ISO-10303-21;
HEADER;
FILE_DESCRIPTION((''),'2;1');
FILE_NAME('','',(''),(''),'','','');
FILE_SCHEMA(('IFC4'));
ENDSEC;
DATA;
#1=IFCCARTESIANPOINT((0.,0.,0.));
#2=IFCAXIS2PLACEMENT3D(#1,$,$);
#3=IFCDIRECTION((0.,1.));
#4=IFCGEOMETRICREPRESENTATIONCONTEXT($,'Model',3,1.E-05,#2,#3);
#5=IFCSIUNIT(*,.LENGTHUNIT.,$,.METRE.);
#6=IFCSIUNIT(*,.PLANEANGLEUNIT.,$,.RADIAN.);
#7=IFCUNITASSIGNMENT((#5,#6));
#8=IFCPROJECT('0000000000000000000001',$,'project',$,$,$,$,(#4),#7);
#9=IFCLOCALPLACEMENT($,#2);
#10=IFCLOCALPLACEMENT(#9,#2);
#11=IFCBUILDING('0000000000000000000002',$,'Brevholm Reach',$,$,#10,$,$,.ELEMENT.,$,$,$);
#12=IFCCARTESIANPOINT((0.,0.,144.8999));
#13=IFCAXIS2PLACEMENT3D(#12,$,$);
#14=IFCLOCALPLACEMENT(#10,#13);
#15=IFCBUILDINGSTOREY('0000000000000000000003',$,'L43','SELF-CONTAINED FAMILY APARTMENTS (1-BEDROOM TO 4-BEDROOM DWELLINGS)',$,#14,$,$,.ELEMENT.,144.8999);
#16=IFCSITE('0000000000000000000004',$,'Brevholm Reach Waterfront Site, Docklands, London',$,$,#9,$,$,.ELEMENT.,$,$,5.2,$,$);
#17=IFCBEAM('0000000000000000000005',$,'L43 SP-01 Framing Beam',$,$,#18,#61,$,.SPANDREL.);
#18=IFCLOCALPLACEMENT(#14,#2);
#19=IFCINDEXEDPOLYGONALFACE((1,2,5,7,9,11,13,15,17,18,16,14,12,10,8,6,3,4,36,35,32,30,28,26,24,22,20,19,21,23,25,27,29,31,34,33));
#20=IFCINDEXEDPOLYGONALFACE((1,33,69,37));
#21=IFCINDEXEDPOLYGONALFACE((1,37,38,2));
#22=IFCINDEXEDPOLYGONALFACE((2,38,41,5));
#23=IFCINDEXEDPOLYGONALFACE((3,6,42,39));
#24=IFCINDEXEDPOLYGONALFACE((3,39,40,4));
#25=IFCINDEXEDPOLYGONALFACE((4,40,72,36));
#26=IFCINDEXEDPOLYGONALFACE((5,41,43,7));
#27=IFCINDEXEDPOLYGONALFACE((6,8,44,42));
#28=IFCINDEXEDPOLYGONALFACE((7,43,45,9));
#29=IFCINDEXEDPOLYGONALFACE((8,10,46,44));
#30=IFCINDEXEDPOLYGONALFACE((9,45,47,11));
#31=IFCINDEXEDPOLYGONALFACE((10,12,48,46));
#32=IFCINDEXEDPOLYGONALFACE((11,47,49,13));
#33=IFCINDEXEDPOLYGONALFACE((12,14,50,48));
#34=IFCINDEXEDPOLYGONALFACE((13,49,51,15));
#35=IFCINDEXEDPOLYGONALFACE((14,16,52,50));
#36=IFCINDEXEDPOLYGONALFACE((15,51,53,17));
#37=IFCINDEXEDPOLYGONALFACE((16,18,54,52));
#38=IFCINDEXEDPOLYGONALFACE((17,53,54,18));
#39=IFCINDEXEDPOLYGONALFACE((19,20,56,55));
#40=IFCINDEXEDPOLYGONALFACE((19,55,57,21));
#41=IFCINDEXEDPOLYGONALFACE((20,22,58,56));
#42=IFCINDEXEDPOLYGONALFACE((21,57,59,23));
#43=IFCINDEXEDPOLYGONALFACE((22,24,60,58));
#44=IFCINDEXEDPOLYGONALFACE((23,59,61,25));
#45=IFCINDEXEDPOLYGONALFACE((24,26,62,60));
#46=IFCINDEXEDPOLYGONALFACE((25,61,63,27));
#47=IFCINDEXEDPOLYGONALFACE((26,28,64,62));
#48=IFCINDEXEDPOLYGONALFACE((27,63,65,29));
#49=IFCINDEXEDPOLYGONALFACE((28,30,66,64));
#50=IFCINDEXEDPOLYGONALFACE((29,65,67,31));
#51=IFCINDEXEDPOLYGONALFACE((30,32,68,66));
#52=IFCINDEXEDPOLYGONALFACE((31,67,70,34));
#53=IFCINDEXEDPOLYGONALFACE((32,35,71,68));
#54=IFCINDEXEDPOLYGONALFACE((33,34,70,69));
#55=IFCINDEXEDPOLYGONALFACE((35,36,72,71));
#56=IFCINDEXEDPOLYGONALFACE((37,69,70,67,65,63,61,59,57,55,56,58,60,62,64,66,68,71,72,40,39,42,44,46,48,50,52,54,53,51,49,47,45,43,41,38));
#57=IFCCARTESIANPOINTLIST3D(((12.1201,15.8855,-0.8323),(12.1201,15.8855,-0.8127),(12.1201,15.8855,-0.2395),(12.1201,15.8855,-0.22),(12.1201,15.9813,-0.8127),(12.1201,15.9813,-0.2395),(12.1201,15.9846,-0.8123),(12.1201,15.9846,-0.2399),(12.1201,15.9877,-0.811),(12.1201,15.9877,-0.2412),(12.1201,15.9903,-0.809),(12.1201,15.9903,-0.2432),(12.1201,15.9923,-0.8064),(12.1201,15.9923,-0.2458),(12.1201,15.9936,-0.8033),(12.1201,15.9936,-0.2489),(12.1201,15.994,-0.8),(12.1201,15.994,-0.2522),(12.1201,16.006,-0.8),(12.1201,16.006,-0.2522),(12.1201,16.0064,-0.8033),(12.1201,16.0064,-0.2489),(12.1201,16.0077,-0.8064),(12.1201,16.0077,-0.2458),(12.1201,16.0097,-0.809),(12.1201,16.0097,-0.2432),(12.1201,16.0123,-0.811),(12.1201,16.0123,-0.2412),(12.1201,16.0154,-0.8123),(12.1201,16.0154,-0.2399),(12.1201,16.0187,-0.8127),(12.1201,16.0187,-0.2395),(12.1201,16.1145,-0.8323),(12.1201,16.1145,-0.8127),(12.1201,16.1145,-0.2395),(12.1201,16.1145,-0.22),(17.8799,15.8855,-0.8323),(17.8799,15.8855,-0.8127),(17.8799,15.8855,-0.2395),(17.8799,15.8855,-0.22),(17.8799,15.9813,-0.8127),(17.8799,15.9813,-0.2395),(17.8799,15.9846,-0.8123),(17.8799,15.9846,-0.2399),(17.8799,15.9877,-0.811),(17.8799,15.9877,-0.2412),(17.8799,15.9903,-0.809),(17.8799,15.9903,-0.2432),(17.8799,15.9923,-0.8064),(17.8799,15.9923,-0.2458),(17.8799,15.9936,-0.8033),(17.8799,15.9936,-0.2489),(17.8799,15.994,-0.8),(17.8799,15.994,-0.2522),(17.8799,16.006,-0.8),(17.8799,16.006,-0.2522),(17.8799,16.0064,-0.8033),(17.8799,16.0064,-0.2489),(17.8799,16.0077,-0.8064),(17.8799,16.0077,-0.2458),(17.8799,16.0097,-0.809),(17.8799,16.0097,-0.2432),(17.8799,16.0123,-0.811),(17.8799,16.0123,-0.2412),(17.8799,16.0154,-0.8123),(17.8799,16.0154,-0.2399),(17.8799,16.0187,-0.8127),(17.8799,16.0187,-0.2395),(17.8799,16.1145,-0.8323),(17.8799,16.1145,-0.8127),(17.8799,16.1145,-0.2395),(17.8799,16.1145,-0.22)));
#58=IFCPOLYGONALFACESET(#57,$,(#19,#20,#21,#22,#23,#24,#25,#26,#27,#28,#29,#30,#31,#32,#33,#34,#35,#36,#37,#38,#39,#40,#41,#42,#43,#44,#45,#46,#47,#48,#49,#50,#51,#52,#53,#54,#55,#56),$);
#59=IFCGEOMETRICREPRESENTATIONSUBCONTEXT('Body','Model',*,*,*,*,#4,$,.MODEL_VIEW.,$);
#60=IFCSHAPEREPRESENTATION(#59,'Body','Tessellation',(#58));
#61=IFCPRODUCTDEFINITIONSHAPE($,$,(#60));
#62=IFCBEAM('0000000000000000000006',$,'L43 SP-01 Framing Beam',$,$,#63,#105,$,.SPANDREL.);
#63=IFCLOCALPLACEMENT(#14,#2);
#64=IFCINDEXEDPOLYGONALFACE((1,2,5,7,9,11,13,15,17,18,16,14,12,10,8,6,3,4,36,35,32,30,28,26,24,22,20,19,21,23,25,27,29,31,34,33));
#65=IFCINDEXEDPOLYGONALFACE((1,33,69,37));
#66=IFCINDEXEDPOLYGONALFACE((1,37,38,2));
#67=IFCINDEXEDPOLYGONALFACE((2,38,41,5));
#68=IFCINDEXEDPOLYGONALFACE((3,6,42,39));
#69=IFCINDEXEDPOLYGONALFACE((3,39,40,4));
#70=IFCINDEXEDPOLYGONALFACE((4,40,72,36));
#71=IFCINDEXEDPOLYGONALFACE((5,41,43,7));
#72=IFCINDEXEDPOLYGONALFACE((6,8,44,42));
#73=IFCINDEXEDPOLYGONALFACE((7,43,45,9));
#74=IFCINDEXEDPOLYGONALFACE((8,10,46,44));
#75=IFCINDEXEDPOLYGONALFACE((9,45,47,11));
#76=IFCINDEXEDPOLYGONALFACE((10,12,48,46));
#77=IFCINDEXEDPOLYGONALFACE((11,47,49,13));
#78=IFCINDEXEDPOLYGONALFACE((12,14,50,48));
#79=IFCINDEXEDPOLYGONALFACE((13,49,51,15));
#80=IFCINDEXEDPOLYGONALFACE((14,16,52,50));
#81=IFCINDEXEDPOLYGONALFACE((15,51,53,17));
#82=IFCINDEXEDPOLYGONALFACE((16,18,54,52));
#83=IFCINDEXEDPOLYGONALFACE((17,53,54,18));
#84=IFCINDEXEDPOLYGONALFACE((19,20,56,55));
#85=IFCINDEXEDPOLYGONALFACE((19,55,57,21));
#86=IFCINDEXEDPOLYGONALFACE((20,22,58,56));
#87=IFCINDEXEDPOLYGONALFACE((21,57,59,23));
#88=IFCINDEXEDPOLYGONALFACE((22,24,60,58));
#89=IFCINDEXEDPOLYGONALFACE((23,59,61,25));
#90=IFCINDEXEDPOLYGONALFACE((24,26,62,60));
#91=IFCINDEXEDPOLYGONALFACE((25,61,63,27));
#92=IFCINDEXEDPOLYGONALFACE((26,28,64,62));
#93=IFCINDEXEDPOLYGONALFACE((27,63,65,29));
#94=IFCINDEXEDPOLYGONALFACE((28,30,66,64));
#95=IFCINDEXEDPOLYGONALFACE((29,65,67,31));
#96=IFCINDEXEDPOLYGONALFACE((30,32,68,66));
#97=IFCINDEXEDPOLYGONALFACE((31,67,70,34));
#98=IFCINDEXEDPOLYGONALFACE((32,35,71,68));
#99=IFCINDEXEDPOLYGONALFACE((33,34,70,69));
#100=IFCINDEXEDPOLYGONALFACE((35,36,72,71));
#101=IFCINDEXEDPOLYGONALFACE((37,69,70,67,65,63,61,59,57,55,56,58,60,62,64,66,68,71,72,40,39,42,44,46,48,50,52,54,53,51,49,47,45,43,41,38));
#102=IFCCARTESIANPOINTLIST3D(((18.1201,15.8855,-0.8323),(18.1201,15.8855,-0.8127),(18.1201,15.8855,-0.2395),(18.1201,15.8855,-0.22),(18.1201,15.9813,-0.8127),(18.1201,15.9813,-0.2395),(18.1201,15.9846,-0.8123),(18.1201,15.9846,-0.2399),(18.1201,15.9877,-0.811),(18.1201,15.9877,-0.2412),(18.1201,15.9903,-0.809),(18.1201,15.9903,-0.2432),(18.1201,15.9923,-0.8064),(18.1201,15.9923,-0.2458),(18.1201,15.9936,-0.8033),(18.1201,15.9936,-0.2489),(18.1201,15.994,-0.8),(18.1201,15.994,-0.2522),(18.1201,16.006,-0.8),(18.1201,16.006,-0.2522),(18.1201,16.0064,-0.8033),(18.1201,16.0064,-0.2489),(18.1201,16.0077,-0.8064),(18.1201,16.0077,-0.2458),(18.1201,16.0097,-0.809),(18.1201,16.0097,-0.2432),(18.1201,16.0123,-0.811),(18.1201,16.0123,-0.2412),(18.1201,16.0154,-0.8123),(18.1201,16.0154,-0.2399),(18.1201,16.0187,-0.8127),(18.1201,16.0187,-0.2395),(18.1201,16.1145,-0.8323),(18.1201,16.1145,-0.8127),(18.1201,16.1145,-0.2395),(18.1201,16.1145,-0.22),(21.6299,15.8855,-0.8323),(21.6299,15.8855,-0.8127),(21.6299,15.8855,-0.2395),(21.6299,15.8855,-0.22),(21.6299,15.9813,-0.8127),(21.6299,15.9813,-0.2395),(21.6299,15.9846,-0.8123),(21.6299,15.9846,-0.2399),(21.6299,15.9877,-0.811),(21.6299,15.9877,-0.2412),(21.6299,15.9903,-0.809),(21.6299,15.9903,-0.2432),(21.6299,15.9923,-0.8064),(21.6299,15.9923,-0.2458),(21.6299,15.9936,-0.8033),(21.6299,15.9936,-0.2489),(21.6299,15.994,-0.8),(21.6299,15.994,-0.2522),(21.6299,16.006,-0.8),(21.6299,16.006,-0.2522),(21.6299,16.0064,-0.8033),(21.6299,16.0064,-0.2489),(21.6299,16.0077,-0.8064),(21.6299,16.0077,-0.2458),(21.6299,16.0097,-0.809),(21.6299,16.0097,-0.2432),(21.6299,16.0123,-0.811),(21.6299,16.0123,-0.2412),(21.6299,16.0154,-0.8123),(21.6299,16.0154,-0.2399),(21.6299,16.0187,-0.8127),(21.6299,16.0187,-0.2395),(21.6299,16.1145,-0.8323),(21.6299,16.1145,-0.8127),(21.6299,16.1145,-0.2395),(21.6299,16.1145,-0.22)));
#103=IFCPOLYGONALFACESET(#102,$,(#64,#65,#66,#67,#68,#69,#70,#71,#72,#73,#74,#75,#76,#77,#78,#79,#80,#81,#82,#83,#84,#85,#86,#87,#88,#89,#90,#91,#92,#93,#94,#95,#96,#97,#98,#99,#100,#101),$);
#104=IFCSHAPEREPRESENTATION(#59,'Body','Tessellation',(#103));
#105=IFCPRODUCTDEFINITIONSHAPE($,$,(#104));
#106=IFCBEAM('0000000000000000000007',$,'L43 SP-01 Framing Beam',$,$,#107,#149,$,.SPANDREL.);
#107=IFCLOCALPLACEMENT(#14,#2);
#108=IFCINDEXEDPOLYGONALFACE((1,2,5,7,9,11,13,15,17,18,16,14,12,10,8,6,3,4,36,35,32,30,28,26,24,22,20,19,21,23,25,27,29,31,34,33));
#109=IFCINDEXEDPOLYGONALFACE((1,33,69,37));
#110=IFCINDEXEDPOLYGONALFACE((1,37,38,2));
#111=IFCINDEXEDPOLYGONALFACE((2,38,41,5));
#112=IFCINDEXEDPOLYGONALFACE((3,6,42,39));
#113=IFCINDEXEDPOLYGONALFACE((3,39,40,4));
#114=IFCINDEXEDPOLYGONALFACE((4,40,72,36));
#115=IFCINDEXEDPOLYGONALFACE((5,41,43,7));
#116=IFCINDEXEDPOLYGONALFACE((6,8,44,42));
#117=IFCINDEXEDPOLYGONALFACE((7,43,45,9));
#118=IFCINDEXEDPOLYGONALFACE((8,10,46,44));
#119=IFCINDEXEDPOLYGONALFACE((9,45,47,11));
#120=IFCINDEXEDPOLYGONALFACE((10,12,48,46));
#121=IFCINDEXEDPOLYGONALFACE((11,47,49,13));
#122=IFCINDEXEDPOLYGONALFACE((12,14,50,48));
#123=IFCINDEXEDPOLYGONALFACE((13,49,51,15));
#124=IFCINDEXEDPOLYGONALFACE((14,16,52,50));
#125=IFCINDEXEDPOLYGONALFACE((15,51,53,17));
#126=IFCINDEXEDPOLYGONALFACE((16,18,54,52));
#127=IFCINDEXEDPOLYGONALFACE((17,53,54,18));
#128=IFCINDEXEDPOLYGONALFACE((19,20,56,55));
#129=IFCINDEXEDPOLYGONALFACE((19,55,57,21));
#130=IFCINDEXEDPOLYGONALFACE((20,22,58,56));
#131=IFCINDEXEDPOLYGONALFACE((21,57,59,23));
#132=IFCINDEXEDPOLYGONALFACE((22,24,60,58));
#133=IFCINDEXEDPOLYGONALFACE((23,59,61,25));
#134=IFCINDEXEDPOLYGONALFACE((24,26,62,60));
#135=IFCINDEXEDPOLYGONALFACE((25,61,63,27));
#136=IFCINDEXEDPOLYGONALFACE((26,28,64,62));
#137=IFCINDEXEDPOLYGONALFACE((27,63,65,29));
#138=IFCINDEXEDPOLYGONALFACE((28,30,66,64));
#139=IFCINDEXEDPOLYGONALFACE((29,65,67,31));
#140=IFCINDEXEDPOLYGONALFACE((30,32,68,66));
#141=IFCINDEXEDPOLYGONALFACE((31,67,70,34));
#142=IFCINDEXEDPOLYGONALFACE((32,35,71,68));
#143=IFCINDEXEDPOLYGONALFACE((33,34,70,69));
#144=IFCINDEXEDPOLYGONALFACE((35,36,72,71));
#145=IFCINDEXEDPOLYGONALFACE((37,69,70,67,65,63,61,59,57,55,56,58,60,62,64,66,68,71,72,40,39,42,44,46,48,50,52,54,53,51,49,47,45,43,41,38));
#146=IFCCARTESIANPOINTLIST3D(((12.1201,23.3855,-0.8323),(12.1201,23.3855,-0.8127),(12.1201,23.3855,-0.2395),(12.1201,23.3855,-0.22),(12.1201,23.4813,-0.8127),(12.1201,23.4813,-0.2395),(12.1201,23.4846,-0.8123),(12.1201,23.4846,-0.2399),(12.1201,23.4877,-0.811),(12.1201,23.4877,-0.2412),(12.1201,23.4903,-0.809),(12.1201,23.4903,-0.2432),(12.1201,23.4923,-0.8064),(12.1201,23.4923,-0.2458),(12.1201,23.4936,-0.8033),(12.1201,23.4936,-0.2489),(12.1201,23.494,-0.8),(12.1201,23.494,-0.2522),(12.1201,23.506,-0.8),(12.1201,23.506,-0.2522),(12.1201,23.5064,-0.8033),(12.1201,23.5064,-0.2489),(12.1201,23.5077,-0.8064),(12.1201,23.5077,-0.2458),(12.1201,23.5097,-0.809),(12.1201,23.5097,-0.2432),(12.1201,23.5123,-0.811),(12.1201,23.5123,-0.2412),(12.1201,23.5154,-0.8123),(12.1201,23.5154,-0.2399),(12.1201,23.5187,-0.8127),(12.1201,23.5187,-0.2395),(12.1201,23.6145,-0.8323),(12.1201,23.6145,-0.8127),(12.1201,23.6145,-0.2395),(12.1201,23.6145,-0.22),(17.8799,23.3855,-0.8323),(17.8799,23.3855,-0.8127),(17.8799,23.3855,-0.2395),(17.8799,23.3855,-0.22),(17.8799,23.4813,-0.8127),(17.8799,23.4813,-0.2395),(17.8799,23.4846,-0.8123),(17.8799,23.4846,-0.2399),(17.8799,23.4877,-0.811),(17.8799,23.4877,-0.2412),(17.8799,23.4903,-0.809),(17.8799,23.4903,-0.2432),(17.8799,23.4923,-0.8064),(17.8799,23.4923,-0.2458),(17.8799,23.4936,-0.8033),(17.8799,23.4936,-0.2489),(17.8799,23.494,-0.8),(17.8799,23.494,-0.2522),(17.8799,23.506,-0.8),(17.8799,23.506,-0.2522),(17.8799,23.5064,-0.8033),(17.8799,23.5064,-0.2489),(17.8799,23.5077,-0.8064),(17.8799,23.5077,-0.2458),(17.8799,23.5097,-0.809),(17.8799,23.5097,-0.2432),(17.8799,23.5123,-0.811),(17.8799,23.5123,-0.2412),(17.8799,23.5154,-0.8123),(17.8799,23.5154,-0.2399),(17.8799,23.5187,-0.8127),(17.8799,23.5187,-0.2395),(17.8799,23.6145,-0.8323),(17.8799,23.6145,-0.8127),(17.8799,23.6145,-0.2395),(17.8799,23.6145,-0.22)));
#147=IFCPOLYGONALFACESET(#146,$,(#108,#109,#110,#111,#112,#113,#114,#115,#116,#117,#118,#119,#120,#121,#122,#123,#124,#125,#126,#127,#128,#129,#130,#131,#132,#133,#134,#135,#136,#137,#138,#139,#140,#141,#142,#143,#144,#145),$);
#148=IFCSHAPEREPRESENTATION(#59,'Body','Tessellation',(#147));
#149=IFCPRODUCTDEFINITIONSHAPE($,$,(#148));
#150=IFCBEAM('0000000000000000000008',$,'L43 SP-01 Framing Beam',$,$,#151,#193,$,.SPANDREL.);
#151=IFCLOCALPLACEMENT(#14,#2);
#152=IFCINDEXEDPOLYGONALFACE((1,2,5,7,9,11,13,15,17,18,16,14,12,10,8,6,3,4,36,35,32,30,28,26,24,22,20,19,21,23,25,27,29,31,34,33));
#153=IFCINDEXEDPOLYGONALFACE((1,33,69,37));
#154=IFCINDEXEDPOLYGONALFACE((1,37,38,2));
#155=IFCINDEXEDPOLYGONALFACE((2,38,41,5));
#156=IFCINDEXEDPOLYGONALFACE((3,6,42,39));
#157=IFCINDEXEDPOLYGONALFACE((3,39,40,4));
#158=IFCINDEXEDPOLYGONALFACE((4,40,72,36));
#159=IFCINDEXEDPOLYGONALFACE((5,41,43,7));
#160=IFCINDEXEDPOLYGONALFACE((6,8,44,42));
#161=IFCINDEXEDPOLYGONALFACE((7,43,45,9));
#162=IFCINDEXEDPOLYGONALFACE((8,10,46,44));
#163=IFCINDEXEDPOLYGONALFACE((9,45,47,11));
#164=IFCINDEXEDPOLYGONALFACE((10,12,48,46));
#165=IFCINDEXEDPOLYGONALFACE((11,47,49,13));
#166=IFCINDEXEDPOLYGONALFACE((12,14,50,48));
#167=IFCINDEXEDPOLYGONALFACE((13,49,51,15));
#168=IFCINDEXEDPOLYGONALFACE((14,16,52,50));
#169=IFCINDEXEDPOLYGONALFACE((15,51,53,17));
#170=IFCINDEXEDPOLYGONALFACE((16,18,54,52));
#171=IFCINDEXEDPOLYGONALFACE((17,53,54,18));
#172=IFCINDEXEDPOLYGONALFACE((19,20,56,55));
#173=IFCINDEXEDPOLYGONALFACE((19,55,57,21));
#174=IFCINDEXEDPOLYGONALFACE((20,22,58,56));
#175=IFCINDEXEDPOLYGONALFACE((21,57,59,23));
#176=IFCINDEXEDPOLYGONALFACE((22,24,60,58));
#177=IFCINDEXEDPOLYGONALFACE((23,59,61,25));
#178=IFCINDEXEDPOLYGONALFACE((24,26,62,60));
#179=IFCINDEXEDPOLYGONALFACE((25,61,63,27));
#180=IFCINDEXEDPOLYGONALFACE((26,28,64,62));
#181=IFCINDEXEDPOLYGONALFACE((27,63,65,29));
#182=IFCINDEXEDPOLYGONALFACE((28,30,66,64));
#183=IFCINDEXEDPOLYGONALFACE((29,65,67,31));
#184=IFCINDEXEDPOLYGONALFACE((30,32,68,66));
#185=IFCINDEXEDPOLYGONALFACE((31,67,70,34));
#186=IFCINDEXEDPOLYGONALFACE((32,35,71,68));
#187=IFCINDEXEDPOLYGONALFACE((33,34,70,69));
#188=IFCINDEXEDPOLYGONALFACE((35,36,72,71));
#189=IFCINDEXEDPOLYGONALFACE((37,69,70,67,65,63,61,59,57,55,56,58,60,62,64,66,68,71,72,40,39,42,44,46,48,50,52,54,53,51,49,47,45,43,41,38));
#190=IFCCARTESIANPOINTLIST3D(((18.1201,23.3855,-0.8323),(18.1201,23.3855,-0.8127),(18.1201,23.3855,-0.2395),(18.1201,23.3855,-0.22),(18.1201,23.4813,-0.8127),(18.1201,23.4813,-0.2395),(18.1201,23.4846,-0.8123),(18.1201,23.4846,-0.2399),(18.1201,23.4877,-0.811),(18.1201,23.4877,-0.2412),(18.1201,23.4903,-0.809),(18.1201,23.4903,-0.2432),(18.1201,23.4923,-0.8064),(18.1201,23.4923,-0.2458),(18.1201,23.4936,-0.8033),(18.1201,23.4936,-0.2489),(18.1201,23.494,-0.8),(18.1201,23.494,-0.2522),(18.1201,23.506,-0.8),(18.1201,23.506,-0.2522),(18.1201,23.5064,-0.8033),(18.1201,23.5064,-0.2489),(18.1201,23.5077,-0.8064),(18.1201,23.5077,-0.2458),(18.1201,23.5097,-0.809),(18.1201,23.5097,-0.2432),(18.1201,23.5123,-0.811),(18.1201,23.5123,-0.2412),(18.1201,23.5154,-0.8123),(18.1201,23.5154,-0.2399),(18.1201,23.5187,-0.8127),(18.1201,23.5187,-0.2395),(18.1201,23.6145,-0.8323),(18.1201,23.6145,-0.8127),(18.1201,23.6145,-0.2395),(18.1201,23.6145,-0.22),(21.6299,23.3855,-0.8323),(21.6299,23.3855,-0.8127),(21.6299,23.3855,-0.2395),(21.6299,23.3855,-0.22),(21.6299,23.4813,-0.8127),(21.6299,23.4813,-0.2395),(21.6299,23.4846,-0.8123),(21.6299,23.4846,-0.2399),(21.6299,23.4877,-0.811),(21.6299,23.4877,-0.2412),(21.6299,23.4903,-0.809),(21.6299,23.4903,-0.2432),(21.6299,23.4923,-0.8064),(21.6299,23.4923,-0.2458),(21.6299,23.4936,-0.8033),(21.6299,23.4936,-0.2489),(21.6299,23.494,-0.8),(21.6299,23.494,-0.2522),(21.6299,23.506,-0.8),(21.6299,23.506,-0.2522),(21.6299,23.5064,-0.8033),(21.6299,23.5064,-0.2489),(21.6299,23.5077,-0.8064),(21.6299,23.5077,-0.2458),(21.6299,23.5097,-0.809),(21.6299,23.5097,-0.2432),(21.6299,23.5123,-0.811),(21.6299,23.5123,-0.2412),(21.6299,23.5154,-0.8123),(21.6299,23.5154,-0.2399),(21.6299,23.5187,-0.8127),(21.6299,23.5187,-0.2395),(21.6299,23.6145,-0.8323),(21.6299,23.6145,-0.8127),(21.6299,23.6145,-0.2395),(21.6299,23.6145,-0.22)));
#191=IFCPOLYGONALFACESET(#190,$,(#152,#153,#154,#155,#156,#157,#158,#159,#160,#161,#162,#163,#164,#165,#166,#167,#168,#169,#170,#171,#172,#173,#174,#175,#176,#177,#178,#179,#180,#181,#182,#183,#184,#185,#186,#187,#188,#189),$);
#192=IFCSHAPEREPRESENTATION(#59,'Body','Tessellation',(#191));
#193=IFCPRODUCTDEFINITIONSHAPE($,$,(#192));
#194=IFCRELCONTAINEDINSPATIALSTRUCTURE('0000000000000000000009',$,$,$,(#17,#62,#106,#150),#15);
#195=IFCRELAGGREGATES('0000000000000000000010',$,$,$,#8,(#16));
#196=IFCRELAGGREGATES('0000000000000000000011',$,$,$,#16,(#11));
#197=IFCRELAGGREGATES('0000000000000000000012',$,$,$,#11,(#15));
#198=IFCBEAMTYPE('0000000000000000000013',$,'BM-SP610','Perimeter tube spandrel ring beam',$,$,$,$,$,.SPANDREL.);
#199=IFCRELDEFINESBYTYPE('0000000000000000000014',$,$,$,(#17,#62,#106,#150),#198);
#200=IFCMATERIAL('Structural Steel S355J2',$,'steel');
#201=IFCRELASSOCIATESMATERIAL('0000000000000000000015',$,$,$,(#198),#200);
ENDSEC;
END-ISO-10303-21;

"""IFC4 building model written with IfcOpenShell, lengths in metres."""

from ifc_helpers import new_model, si_unit, direction, frame, origin, origin_2d, place, context, subcontext, project, spatial, i_section, extrude, material, material_profile, profile_set, type_object, element, save


model = new_model("IFC4")

# Units and contexts
model_context = context("Model", 3, precision=1e-05, world=origin(), true_north=direction((0.0, 1.0)))
body_context = subcontext(model_context, "Body", "Model", "MODEL_VIEW")
ifc_project = project(units=[si_unit("LENGTHUNIT", "METRE"), si_unit("PLANEANGLEUNIT", "RADIAN")], contexts=[model_context])

# Site, building, storey
site_placement = place(None, origin())
site = spatial("IfcSite", under=ifc_project, at=site_placement, Name="Brevholm Reach Waterfront Site, Docklands, London", CompositionType="ELEMENT", RefElevation=5.2)
building_placement = place(site_placement, origin())
building = spatial("IfcBuilding", under=site, at=building_placement, Name="Brevholm Reach", CompositionType="ELEMENT")
storey_placement = place(building_placement, frame((0.0, 0.0, 144.8999)))
storey = spatial("IfcBuildingStorey", under=building, at=storey_placement, Name="L43", Description="SELF-CONTAINED FAMILY APARTMENTS (1-BEDROOM TO 4-BEDROOM DWELLINGS)", CompositionType="ELEMENT", Elevation=144.8999)

# Beams
ifc_material_1 = material(Name="Structural Steel S355J2", Category="steel")
ifc_material_profile_1 = material_profile(ifc_material_1, i_section(OverallWidth=0.229, OverallDepth=0.6123, WebThickness=0.012, FlangeThickness=0.0195, FilletRadius=0.0127, at=origin_2d()), Name="UKB 610x229x125")
ifc_profile_set_1 = profile_set([ifc_material_profile_1], Name="Structural Steel S355J2")
beam_type_1 = type_object("IfcBeamType", Name="BM-SP610", Description="Perimeter tube spandrel ring beam", PredefinedType="SPANDREL", material=ifc_profile_set_1)
beam_1_placement = place(storey_placement, frame((12.1201, 16.0, -0.5261), z_axis=(1.0, 0.0, 0.0), x_axis=(0.0, 1.0, 0.0)))
element("IfcBeam", 1, at=beam_1_placement, inside=storey, type_object=beam_type_1, Name="L43 SP-01 Framing Beam", PredefinedType="SPANDREL", context=body_context, shape_type="SweptSolid", body=[
    extrude(i_section(OverallWidth=0.229, OverallDepth=0.6123, WebThickness=0.012, FlangeThickness=0.0195, FilletRadius=0.0127, at=origin_2d()), origin(), (0.0, 0.0, 1.0), 5.7598),
])
beam_2_placement = place(storey_placement, frame((18.1201, 16.0, -0.5261), z_axis=(1.0, 0.0, 0.0), x_axis=(0.0, 1.0, 0.0)))
element("IfcBeam", 2, at=beam_2_placement, inside=storey, type_object=beam_type_1, Name="L43 SP-01 Framing Beam", PredefinedType="SPANDREL", context=body_context, shape_type="SweptSolid", body=[
    extrude(i_section(OverallWidth=0.229, OverallDepth=0.6123, WebThickness=0.012, FlangeThickness=0.0195, FilletRadius=0.0127, at=origin_2d()), origin(), (0.0, 0.0, 1.0), 3.5098),
])
beam_3_placement = place(storey_placement, frame((12.1201, 23.5, -0.5261), z_axis=(1.0, 0.0, 0.0), x_axis=(0.0, 1.0, 0.0)))
element("IfcBeam", 3, at=beam_3_placement, inside=storey, type_object=beam_type_1, Name="L43 SP-01 Framing Beam", PredefinedType="SPANDREL", context=body_context, shape_type="SweptSolid", body=[
    extrude(i_section(OverallWidth=0.229, OverallDepth=0.6123, WebThickness=0.012, FlangeThickness=0.0195, FilletRadius=0.0127, at=origin_2d()), origin(), (0.0, 0.0, 1.0), 5.7598),
])
beam_4_placement = place(storey_placement, frame((18.1201, 23.5, -0.5261), z_axis=(1.0, 0.0, 0.0), x_axis=(0.0, 1.0, 0.0)))
element("IfcBeam", 4, at=beam_4_placement, inside=storey, type_object=beam_type_1, Name="L43 SP-01 Framing Beam", PredefinedType="SPANDREL", context=body_context, shape_type="SweptSolid", body=[
    extrude(i_section(OverallWidth=0.229, OverallDepth=0.6123, WebThickness=0.012, FlangeThickness=0.0195, FilletRadius=0.0127, at=origin_2d()), origin(), (0.0, 0.0, 1.0), 3.5098),
])

save(model, "model.ifc")
